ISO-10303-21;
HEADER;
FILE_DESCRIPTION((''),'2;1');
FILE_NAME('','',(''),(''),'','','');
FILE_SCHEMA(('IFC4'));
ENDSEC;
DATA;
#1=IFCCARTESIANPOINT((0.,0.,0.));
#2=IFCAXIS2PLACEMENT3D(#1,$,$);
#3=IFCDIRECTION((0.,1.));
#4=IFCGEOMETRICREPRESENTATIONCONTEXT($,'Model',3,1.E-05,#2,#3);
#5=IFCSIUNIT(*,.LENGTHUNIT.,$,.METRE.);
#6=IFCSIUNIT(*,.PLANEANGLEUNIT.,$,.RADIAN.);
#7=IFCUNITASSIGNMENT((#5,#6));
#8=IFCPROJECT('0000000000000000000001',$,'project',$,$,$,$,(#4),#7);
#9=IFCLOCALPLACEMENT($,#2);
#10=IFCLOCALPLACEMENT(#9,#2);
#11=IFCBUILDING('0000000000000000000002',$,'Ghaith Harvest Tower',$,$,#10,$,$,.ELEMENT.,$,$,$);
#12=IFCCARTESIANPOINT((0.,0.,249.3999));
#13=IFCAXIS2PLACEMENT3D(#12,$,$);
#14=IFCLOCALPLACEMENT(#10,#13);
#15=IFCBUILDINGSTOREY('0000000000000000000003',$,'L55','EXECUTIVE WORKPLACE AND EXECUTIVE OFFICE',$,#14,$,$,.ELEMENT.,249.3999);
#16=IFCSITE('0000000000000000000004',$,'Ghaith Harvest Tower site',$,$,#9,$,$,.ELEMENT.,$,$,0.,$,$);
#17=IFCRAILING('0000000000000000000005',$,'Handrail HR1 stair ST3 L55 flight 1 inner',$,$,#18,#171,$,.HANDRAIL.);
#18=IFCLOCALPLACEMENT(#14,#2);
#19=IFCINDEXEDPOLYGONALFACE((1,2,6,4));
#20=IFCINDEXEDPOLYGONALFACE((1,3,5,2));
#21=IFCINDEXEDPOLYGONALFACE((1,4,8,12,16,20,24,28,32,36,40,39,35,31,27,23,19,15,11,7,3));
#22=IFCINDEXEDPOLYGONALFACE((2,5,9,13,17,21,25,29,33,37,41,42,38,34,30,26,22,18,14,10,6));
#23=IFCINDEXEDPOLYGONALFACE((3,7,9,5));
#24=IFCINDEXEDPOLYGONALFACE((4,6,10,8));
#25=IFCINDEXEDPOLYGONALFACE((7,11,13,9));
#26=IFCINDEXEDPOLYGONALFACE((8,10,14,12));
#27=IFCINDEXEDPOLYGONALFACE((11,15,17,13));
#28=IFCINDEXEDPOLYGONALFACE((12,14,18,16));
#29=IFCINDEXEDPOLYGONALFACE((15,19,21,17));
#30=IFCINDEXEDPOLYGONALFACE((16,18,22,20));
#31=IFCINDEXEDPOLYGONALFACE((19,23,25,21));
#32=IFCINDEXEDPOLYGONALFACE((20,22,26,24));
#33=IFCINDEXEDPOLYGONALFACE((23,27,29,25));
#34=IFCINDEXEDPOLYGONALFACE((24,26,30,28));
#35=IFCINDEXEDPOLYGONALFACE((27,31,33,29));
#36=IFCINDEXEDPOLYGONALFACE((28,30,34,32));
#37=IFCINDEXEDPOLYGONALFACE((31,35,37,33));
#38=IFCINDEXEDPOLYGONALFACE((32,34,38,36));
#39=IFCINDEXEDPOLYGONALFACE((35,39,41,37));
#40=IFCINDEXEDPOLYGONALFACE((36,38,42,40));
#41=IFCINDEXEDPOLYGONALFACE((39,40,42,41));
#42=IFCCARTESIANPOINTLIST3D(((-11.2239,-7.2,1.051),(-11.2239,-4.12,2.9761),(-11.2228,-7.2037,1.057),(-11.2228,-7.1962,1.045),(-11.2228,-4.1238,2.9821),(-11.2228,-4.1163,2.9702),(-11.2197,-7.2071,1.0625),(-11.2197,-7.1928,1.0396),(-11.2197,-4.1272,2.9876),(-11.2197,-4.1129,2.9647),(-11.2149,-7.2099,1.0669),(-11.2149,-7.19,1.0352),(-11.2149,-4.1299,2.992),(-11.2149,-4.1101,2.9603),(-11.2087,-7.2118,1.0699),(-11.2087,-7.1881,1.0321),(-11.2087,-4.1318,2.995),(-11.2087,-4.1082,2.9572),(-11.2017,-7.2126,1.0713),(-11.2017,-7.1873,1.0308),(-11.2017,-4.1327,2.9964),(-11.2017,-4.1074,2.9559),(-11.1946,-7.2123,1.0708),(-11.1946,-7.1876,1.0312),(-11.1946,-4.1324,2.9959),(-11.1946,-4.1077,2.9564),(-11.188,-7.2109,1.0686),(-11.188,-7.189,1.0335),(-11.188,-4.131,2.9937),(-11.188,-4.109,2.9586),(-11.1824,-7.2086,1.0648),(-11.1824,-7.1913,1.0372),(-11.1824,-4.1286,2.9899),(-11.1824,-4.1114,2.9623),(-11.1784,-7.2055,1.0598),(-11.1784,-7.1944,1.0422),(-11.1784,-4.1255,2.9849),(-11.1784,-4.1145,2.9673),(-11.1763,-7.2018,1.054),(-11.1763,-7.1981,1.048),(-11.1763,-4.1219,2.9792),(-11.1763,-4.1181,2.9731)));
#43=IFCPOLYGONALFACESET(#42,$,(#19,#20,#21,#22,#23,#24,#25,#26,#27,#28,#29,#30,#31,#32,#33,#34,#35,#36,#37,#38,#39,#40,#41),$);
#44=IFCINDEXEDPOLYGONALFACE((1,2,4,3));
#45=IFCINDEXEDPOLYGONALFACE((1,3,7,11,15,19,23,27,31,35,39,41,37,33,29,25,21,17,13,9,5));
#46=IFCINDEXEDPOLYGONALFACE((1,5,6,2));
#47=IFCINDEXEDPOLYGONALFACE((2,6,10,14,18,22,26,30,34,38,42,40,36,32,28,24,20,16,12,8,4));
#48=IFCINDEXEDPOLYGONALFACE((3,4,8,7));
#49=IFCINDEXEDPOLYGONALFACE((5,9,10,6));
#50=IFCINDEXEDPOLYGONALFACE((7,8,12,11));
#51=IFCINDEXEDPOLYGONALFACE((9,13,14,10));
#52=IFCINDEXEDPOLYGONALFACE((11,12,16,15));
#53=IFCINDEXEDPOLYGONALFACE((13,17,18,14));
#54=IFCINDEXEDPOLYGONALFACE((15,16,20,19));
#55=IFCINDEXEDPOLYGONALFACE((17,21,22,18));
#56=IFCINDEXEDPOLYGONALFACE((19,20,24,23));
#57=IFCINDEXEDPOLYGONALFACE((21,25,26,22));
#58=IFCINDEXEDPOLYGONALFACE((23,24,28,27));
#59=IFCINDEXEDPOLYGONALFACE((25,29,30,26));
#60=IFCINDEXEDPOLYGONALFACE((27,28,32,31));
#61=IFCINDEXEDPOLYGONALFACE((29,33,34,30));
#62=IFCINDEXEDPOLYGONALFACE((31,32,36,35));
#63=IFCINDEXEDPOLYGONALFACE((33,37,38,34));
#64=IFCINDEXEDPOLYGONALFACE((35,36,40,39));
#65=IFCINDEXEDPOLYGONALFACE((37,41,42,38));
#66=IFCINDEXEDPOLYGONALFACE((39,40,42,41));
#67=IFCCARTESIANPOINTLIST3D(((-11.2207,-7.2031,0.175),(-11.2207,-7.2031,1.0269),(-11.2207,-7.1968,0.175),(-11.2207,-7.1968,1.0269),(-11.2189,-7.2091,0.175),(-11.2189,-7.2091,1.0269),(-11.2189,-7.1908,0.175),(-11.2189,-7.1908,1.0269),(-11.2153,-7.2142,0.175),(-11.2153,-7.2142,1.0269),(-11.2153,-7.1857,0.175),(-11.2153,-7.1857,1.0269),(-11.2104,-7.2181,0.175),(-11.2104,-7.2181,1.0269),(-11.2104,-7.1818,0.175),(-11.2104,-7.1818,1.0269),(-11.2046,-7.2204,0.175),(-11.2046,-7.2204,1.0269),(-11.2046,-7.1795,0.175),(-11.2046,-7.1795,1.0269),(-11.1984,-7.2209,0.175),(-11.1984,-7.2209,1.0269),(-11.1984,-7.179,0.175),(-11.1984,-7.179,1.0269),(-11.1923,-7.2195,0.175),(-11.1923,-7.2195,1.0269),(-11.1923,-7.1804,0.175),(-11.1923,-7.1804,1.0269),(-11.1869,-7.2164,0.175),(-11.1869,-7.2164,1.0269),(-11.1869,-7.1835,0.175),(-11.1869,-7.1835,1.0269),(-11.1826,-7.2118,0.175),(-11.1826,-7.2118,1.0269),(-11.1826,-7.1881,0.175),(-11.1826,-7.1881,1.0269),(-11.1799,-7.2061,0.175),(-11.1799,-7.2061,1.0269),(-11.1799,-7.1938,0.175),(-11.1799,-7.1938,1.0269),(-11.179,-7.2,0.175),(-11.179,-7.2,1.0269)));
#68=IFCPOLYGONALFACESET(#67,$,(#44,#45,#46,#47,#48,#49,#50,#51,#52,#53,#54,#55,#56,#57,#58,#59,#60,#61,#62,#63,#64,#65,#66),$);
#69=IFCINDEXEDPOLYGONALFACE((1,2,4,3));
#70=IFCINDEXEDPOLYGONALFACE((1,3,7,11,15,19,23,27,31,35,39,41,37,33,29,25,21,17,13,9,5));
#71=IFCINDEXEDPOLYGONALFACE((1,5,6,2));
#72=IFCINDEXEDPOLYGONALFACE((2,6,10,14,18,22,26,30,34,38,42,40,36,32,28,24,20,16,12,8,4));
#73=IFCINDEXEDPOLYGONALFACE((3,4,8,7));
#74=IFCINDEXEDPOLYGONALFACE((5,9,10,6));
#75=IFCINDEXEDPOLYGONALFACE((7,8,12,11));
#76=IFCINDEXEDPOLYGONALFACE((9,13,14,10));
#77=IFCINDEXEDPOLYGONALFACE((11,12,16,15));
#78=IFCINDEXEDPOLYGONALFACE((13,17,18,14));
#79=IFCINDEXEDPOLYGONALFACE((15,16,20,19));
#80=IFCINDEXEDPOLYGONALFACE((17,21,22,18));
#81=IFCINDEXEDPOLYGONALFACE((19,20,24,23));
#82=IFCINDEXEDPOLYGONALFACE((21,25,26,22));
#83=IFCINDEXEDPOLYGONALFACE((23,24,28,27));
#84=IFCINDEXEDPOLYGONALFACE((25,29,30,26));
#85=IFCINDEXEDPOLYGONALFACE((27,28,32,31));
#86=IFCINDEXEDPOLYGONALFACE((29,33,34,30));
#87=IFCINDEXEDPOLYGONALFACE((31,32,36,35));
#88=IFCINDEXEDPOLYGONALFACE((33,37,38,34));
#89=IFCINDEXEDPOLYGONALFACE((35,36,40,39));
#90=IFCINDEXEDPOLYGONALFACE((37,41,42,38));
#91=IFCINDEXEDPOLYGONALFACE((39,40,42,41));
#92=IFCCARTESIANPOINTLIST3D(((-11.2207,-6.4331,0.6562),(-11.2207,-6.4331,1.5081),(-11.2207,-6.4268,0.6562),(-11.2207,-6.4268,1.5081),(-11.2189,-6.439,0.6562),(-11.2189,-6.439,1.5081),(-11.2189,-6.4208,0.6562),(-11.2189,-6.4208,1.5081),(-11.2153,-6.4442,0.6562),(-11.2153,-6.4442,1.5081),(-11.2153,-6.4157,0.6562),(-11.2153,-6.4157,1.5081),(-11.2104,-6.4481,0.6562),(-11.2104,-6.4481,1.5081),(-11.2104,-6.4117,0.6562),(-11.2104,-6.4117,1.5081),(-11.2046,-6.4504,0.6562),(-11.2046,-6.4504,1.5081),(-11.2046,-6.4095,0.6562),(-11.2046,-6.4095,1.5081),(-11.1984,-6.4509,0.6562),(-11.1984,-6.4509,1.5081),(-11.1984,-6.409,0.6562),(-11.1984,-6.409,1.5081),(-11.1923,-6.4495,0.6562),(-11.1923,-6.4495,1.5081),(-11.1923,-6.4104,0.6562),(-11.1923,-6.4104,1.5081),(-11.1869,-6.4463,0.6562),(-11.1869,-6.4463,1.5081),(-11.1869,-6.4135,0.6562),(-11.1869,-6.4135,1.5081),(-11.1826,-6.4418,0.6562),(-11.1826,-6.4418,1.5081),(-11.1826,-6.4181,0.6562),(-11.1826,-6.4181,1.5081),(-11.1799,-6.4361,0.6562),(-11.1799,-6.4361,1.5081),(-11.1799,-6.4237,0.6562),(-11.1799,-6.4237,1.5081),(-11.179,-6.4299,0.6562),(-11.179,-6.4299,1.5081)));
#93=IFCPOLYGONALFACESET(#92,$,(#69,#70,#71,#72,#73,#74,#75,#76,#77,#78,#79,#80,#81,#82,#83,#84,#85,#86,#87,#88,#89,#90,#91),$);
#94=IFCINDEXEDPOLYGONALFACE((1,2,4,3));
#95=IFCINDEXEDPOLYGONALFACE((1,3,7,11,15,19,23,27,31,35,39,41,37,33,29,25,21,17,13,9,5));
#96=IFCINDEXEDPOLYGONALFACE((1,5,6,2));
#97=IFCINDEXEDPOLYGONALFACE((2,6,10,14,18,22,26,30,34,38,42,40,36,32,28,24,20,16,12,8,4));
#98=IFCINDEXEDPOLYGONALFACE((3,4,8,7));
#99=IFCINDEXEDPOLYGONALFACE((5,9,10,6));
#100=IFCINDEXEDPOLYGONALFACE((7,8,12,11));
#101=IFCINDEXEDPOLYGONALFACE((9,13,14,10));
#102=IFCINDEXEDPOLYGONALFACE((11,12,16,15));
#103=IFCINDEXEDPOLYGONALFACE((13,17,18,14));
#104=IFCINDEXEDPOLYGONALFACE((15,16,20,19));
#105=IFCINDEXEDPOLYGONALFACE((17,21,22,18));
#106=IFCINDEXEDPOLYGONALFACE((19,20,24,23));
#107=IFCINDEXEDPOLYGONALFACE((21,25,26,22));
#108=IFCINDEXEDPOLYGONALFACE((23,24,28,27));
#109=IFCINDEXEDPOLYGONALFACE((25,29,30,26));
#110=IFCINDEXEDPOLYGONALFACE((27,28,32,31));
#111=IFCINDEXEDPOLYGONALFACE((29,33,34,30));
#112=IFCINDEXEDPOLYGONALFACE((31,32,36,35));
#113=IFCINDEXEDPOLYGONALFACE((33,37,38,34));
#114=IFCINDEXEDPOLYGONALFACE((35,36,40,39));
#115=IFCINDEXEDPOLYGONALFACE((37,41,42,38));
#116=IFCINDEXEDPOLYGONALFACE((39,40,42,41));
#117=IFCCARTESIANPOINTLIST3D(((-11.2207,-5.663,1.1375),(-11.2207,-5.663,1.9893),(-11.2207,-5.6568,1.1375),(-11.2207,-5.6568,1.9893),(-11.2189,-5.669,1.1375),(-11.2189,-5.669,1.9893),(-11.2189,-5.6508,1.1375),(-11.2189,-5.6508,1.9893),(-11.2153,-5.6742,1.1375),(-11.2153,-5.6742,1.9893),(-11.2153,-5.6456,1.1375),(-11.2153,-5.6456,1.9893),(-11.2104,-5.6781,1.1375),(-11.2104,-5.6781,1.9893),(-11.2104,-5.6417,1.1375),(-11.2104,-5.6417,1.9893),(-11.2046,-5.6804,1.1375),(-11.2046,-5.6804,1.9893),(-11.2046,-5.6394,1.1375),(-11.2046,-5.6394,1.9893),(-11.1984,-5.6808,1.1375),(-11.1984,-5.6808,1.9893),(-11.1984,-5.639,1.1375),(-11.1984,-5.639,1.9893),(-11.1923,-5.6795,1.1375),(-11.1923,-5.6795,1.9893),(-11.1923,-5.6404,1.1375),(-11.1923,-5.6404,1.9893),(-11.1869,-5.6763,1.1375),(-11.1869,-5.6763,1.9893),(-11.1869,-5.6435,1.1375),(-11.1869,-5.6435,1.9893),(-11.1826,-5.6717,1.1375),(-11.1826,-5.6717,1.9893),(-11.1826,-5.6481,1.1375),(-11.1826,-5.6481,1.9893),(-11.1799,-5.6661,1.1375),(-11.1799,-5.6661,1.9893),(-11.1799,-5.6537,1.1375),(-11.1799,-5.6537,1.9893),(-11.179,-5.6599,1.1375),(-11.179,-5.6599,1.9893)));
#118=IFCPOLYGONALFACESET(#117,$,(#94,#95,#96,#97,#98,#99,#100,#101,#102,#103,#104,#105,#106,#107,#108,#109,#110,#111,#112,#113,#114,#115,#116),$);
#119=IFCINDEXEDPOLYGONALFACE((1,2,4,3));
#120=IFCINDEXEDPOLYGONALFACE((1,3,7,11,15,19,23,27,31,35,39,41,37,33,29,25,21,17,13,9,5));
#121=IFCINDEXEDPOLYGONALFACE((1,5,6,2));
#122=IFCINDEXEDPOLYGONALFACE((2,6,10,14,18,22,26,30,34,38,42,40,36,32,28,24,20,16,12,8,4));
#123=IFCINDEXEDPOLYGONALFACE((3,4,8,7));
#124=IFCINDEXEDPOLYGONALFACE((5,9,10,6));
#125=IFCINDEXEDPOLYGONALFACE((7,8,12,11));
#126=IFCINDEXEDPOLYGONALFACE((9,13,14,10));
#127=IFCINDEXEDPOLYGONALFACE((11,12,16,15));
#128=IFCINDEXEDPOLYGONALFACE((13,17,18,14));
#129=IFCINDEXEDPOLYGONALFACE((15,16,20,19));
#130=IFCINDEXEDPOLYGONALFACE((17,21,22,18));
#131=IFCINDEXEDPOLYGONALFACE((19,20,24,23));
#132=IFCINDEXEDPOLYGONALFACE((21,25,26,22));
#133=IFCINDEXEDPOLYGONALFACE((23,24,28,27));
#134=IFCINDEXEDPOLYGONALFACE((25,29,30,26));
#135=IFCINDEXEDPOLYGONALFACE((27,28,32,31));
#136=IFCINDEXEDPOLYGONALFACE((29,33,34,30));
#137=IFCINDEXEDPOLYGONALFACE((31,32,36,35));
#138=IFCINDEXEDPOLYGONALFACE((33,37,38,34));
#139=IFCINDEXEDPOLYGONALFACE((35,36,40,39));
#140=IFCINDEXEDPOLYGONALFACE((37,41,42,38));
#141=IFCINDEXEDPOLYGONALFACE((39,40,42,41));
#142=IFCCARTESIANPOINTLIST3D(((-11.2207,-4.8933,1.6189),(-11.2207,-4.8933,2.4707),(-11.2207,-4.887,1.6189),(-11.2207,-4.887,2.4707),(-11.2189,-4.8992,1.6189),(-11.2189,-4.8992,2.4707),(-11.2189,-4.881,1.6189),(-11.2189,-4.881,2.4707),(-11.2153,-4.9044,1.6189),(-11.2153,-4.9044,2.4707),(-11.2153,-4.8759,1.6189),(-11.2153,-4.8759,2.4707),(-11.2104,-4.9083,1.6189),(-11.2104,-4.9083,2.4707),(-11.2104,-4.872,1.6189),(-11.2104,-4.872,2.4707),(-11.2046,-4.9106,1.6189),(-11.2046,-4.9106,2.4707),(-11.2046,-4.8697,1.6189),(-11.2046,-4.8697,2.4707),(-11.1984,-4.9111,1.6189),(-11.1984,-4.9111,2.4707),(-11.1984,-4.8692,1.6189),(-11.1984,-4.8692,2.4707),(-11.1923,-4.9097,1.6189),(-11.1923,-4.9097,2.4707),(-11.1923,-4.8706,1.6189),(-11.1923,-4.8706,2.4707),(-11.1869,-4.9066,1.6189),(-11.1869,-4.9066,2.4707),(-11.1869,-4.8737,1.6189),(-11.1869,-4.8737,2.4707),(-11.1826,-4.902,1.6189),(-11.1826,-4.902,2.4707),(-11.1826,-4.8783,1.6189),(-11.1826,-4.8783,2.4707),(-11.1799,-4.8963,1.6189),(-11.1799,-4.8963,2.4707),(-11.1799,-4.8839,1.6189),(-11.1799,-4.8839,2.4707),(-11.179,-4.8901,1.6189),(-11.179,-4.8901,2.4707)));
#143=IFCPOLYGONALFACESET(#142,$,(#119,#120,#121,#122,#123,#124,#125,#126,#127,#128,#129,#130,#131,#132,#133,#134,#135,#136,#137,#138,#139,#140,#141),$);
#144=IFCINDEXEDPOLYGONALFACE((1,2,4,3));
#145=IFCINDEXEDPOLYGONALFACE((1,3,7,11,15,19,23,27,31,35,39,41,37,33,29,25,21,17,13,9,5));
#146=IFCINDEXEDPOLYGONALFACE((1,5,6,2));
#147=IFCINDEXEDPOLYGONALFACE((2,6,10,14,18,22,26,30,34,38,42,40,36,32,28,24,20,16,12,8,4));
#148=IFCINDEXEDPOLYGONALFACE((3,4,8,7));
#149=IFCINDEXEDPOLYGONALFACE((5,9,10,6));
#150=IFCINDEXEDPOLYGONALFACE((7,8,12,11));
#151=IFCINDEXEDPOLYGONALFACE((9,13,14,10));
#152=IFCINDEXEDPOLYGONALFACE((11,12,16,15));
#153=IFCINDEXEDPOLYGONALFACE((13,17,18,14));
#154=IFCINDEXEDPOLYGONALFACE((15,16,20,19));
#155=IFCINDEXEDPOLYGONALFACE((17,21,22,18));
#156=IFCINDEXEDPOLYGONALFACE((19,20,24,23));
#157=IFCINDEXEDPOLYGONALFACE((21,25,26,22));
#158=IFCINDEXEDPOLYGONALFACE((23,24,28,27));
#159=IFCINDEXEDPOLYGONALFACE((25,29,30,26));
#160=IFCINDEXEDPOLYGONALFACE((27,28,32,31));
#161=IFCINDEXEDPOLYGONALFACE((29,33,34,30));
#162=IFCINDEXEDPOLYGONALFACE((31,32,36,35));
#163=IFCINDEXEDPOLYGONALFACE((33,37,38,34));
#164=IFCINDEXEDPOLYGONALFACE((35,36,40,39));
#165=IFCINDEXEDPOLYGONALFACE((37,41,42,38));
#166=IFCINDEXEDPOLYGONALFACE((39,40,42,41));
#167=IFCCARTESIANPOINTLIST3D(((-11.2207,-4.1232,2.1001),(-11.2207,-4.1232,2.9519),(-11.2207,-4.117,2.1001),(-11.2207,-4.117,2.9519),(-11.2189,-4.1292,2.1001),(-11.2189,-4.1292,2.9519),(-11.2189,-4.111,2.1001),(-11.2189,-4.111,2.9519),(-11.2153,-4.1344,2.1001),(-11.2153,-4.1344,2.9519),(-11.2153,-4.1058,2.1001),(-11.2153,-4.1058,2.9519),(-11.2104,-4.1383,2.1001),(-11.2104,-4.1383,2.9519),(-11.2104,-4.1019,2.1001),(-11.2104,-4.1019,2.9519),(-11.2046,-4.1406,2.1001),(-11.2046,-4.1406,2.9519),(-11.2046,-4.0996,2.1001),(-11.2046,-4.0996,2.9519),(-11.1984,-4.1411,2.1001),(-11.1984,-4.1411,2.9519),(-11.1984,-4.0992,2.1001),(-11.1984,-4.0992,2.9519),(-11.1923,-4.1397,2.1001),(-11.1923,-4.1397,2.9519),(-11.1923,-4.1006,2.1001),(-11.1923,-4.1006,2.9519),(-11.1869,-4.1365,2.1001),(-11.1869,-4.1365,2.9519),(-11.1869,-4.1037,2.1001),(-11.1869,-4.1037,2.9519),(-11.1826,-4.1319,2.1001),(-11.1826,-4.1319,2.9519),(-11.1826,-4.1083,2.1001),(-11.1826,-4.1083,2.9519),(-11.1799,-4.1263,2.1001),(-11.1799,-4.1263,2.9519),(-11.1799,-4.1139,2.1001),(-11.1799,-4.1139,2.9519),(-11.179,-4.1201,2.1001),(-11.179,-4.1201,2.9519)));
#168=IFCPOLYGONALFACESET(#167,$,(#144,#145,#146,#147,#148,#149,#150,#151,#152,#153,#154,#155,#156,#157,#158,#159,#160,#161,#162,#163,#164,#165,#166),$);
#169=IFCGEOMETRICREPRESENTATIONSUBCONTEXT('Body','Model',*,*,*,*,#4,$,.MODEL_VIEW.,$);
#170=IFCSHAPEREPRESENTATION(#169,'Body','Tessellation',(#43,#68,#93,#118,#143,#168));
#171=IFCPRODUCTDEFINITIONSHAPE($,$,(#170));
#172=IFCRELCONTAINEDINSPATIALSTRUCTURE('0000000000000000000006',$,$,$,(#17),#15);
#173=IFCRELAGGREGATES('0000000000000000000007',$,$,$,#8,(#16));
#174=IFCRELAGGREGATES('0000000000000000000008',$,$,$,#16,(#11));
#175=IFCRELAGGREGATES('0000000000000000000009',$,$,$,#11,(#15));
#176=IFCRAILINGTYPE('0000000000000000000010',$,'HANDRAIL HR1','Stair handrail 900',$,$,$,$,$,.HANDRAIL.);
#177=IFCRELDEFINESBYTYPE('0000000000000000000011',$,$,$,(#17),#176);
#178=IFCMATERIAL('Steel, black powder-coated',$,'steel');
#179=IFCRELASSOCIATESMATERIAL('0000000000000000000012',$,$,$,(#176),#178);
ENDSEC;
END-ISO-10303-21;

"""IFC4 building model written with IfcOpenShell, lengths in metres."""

from ifc_helpers import new_model, si_unit, direction, frame, origin, origin_2d, place, context, subcontext, project, spatial, circle, extrude, material, type_object, element, save


model = new_model("IFC4")

# Units and contexts
model_context = context("Model", 3, precision=1e-05, world=origin(), true_north=direction((0.0, 1.0)))
body_context = subcontext(model_context, "Body", "Model", "MODEL_VIEW")
ifc_project = project(units=[si_unit("LENGTHUNIT", "METRE"), si_unit("PLANEANGLEUNIT", "RADIAN")], contexts=[model_context])

# Site, building, storey
site_placement = place(None, origin())
site = spatial("IfcSite", under=ifc_project, at=site_placement, Name="Ghaith Harvest Tower site", CompositionType="ELEMENT", RefElevation=0.0)
building_placement = place(site_placement, origin())
building = spatial("IfcBuilding", under=site, at=building_placement, Name="Ghaith Harvest Tower", CompositionType="ELEMENT")
storey_placement = place(building_placement, frame((0.0, 0.0, 249.3999)))
storey = spatial("IfcBuildingStorey", under=building, at=storey_placement, Name="L55", Description="EXECUTIVE WORKPLACE AND EXECUTIVE OFFICE", CompositionType="ELEMENT", Elevation=249.3999)

# Railing
ifc_material_1 = material(Name="Steel, black powder-coated", Category="steel")
railing_type = type_object("IfcRailingType", Name="HANDRAIL HR1", Description="Stair handrail 900", PredefinedType="HANDRAIL", material=ifc_material_1)
railing_1_placement = place(storey_placement, frame((-11.2, -7.2, 0.175)))
element("IfcRailing", 1, at=railing_1_placement, inside=storey, type_object=railing_type, Name="Handrail HR1 stair ST3 L55 flight 1 inner", PredefinedType="HANDRAIL", context=body_context, shape_type="SweptSolid", body=[
    extrude(circle(Radius=0.0239, at=origin_2d()), frame((0.0, 0.0, 0.876), z_axis=(0.0, 0.847979, 0.530029), x_axis=(-1.0, 0.0, 0.0)), (0.0, 0.0, 1.0), 3.6321),
    extrude(circle(Radius=0.021, at=origin_2d()), origin(), (0.0, 0.0, 1.0), 0.8518),
    extrude(circle(Radius=0.021, at=origin_2d()), frame((0.0, 0.77, 0.4812)), (0.0, 0.0, 1.0), 0.8518),
    extrude(circle(Radius=0.021, at=origin_2d()), frame((0.0, 1.54, 0.9624)), (0.0, 0.0, 1.0), 0.8518),
    extrude(circle(Radius=0.021, at=origin_2d()), frame((0.0, 2.3098, 1.4438)), (0.0, 0.0, 1.0), 0.8518),
    extrude(circle(Radius=0.021, at=origin_2d()), frame((0.0, 3.0798, 1.925)), (0.0, 0.0, 1.0), 0.8518),
])

save(model, "model.ifc")
